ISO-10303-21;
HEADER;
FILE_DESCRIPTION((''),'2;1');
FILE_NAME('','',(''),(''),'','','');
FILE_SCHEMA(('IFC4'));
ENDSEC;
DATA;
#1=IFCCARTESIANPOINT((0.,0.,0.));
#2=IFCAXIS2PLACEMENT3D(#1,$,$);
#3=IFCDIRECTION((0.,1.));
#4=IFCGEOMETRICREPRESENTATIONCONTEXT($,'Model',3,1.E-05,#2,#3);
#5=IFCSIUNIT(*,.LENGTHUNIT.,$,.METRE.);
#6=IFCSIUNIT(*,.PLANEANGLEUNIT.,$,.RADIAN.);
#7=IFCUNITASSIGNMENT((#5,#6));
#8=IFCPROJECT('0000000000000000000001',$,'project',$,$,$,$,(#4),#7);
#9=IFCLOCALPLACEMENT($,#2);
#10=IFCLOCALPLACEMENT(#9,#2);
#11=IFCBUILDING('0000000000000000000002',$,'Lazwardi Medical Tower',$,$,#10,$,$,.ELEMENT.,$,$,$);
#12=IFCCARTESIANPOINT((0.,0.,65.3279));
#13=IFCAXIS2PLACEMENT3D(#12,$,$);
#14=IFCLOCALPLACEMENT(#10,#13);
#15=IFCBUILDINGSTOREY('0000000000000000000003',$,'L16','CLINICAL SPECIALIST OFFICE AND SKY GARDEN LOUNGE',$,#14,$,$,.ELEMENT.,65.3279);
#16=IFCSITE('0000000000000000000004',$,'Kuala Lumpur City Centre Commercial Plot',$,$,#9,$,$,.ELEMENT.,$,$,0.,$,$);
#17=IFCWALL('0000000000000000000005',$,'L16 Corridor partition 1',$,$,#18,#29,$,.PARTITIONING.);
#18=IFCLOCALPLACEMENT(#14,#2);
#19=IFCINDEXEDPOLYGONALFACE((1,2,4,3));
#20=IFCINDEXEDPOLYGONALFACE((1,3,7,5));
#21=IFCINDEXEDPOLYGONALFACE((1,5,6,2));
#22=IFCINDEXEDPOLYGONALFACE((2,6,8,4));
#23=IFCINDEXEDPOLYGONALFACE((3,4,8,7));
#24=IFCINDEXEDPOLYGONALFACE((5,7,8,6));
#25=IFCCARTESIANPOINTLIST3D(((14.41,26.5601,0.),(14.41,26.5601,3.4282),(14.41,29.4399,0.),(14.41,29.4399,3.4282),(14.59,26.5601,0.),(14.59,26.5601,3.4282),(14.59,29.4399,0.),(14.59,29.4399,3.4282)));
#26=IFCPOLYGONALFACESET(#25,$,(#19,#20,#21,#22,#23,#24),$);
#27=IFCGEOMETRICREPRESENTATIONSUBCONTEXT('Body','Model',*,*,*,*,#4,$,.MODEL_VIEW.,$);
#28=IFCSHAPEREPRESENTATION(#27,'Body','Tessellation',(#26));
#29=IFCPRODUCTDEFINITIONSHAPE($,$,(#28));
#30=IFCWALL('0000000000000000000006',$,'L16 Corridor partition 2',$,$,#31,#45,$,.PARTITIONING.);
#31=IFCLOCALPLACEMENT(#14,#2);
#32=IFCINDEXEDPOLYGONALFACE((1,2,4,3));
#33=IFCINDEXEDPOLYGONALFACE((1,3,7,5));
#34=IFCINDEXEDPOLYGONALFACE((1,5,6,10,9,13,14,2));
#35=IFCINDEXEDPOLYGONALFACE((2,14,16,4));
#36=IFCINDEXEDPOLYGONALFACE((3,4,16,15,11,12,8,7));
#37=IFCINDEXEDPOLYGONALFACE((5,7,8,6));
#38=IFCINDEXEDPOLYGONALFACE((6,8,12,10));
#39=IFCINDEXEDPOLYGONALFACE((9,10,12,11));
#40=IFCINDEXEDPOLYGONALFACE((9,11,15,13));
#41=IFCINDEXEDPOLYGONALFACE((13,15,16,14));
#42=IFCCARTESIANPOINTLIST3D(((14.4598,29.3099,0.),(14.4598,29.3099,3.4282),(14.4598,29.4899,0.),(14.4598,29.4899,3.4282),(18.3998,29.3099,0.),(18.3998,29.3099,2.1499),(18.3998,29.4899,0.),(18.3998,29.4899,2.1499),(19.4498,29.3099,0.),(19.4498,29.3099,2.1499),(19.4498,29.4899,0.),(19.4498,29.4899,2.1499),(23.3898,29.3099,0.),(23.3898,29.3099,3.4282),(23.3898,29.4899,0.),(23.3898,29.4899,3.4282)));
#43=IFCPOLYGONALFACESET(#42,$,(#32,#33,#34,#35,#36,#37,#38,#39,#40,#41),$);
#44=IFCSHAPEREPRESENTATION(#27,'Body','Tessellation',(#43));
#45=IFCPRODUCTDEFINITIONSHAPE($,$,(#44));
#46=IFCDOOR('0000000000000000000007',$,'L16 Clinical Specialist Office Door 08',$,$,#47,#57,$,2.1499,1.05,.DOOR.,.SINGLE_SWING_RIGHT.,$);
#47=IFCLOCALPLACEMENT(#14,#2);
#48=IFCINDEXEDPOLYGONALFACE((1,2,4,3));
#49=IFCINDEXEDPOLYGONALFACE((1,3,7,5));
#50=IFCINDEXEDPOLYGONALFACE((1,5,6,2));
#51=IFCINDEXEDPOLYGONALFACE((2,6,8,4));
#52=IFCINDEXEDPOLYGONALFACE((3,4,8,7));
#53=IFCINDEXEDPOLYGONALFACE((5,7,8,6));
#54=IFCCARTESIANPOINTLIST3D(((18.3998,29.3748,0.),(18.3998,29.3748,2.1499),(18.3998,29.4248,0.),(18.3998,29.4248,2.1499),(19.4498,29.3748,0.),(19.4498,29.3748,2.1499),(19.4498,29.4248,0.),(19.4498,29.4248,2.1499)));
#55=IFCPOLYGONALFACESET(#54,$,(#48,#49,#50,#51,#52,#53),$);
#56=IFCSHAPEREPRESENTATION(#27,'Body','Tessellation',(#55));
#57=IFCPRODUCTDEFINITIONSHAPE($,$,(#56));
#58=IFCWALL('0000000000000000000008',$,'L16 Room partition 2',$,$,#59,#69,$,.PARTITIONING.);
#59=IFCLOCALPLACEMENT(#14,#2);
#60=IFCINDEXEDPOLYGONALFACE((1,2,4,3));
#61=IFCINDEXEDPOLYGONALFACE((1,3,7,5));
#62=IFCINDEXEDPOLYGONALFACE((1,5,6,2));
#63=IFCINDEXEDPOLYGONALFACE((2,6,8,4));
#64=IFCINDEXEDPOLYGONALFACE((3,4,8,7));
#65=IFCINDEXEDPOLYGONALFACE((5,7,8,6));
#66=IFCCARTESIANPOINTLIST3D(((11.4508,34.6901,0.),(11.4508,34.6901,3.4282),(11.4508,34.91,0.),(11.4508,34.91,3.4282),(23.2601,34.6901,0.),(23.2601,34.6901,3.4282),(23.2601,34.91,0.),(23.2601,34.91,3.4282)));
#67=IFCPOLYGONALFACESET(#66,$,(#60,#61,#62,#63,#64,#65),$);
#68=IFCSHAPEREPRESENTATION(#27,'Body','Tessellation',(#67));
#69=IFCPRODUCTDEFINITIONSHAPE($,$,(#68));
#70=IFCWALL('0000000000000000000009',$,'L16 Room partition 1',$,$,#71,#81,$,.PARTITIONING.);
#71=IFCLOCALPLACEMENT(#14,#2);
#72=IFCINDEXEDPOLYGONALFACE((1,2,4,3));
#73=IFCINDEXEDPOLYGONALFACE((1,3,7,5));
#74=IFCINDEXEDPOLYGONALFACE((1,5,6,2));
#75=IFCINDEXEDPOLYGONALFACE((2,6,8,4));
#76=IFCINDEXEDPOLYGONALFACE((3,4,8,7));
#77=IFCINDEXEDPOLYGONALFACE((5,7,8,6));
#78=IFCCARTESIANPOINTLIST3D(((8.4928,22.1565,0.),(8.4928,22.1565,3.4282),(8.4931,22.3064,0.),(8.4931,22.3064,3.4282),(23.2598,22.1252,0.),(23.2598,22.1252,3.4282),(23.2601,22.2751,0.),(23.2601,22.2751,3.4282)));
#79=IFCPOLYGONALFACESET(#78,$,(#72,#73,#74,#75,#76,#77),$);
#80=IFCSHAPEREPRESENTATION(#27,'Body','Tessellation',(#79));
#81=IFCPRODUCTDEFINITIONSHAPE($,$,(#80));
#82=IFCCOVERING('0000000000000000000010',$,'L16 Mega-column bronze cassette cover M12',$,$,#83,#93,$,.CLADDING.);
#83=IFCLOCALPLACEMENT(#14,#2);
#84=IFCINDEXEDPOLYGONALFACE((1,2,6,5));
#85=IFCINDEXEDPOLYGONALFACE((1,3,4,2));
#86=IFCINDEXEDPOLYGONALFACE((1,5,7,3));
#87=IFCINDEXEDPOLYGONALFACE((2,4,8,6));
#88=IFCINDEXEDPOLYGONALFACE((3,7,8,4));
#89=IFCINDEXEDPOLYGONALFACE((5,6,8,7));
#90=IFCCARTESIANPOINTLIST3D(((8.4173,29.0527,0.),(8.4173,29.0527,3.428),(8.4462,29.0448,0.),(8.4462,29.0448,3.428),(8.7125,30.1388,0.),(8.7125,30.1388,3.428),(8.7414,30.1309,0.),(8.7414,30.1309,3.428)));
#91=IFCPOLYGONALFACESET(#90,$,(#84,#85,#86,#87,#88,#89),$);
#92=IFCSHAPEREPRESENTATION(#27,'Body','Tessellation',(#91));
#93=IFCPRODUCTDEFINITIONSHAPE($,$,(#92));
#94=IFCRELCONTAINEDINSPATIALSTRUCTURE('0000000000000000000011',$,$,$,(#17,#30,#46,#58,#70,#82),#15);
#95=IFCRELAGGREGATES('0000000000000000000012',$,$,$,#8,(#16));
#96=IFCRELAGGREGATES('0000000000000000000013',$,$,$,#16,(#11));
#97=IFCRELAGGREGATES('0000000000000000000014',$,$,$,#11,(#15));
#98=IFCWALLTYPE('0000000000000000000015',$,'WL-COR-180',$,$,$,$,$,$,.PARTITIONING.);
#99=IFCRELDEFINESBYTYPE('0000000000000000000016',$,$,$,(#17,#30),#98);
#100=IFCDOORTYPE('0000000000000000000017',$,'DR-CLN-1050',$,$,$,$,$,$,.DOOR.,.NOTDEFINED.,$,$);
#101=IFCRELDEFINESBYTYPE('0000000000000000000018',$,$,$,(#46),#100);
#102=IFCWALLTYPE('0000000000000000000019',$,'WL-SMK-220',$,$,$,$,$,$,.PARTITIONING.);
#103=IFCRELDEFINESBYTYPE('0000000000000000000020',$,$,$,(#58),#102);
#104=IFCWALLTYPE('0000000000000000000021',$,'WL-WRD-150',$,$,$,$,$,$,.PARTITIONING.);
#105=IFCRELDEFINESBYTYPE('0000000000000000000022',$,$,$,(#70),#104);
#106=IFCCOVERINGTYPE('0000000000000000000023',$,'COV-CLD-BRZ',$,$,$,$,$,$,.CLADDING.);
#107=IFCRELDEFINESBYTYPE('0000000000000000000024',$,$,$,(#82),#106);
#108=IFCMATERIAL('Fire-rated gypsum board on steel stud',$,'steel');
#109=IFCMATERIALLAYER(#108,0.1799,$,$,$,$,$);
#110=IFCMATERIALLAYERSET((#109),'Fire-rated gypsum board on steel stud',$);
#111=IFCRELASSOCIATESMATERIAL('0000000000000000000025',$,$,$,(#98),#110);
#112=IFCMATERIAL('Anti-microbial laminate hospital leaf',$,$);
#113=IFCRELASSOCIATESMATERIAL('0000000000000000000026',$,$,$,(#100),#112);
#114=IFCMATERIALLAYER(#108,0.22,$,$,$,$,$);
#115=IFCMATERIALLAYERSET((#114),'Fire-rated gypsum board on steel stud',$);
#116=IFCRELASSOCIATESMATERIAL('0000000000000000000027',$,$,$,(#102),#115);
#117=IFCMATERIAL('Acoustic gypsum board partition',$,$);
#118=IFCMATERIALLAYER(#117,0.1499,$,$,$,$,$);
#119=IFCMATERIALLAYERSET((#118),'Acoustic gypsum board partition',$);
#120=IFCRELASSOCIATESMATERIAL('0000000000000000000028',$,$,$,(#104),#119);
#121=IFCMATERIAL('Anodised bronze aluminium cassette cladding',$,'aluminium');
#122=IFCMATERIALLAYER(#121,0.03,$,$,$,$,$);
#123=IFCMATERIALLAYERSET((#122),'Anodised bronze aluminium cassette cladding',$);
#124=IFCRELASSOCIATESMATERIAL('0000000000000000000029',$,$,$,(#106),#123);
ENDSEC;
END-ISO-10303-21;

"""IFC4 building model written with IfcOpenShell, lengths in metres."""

from ifc_helpers import new_model, si_unit, direction, frame, frame_2d, origin, origin_2d, place, context, subcontext, project, spatial, rectangle, extrude, material, layer, layer_set, type_object, element, fill, save


model = new_model("IFC4")

# Units and contexts
model_context = context("Model", 3, precision=1e-05, world=origin(), true_north=direction((0.0, 1.0)))
body_context = subcontext(model_context, "Body", "Model", "MODEL_VIEW")
ifc_project = project(units=[si_unit("LENGTHUNIT", "METRE"), si_unit("PLANEANGLEUNIT", "RADIAN")], contexts=[model_context])

# Site, building, storey
site_placement = place(None, origin())
site = spatial("IfcSite", under=ifc_project, at=site_placement, Name="Kuala Lumpur City Centre Commercial Plot", CompositionType="ELEMENT", RefElevation=0.0)
building_placement = place(site_placement, origin())
building = spatial("IfcBuilding", under=site, at=building_placement, Name="Lazwardi Medical Tower", CompositionType="ELEMENT")
storey_placement = place(building_placement, frame((0.0, 0.0, 65.3279)))
storey = spatial("IfcBuildingStorey", under=building, at=storey_placement, Name="L16", Description="CLINICAL SPECIALIST OFFICE AND SKY GARDEN LOUNGE", CompositionType="ELEMENT", Elevation=65.3279)

# Wall
ifc_material_1 = material(Name="Fire-rated gypsum board on steel stud", Category="steel")
ifc_layer_1 = layer(ifc_material_1, 0.1799)
ifc_layer_set_1 = layer_set([ifc_layer_1], Name="Fire-rated gypsum board on steel stud")
wall_type_1 = type_object("IfcWallType", Name="WL-COR-180", PredefinedType="PARTITIONING", material=ifc_layer_set_1)
wall_1_placement = place(storey_placement, frame((14.5, 26.5601, 0.0), z_axis=(0.0, 0.0, 1.0), x_axis=(0.0, 1.0, 0.0)))
element("IfcWall", 1, at=wall_1_placement, inside=storey, type_object=wall_type_1, Name="L16 Corridor partition 1", PredefinedType="PARTITIONING", context=body_context, shape_type="SweptSolid", body=[
    extrude(rectangle(XDim=2.8799, YDim=0.1799, at=frame_2d((1.4399, 0.0))), origin(), (0.0, 0.0, 1.0), 3.4282),
])

# Wall, opening, door
wall_2_placement = place(storey_placement, frame((14.46, 29.3999, 0.0), z_axis=(0.0, 0.0, 1.0), x_axis=(1.0, 0.0, 0.0)))
wall_2 = element("IfcWall", 2, at=wall_2_placement, inside=storey, type_object=wall_type_1, Name="L16 Corridor partition 2", PredefinedType="PARTITIONING", context=body_context, shape_type="SweptSolid", body=[
    extrude(rectangle(XDim=8.9299, YDim=0.1799, at=frame_2d((4.4648, 0.0))), origin(), (0.0, 0.0, 1.0), 3.4282),
])
opening_placement = place(wall_2_placement, frame((3.9399, 0.0, 0.0)))
opening = element("IfcOpeningElement", 3, at=opening_placement, cuts=wall_2, PredefinedType="OPENING", context=body_context, shape_type="SweptSolid", body=[
    extrude(rectangle(XDim=1.05, YDim=2.1499, at=frame_2d((0.5249, 1.075))), frame((0.0, 0.0999, 0.0), z_axis=(0.0, -1.0, 0.0), x_axis=(1.0, 0.0, 0.0)), (0.0, 0.0, 1.0), 0.2),
])
ifc_material_2 = material(Name="Anti-microbial laminate hospital leaf")
door_type = type_object("IfcDoorType", Name="DR-CLN-1050", OperationType="NOTDEFINED", PredefinedType="DOOR", material=ifc_material_2)
door_placement = place(opening_placement, origin())
door = element("IfcDoor", 4, at=door_placement, inside=storey, type_object=door_type, Name="L16 Clinical Specialist Office Door 08", OperationType="SINGLE_SWING_RIGHT", OverallHeight=2.1499, OverallWidth=1.05, PredefinedType="DOOR", context=body_context, shape_type="SweptSolid", body=[
    extrude(rectangle(XDim=1.05, YDim=2.1499, at=frame_2d((0.5249, 1.075))), frame((0.0, 0.0249, 0.0), z_axis=(0.0, -1.0, 0.0), x_axis=(1.0, 0.0, 0.0)), (0.0, 0.0, 1.0), 0.05),
])
fill(opening, door)

# Walls
ifc_layer_2 = layer(ifc_material_1, 0.22)
ifc_layer_set_2 = layer_set([ifc_layer_2], Name="Fire-rated gypsum board on steel stud")
wall_type_2 = type_object("IfcWallType", Name="WL-SMK-220", PredefinedType="PARTITIONING", material=ifc_layer_set_2)
wall_3_placement = place(storey_placement, frame((11.4507, 34.8, 0.0), z_axis=(0.0, 0.0, 1.0), x_axis=(1.0, 0.0, 0.0)))
element("IfcWall", 5, at=wall_3_placement, inside=storey, type_object=wall_type_2, Name="L16 Room partition 2", PredefinedType="PARTITIONING", context=body_context, shape_type="SweptSolid", body=[
    extrude(rectangle(XDim=11.8093, YDim=0.22, at=frame_2d((5.9048, 0.0))), origin(), (0.0, 0.0, 1.0), 3.4282),
])
ifc_material_3 = material(Name="Acoustic gypsum board partition")
ifc_layer_3 = layer(ifc_material_3, 0.1499)
ifc_layer_set_3 = layer_set([ifc_layer_3], Name="Acoustic gypsum board partition")
wall_type_3 = type_object("IfcWallType", Name="WL-WRD-150", PredefinedType="PARTITIONING", material=ifc_layer_set_3)
wall_4_placement = place(storey_placement, frame((8.4929, 22.2314, 0.0), z_axis=(0.0, 0.0, 1.0), x_axis=(0.999998, -0.002116, 0.0)))
element("IfcWall", 6, at=wall_4_placement, inside=storey, type_object=wall_type_3, Name="L16 Room partition 1", PredefinedType="PARTITIONING", context=body_context, shape_type="SweptSolid", body=[
    extrude(rectangle(XDim=14.7671, YDim=0.1499, at=frame_2d((7.3835, 0.0))), origin(), (0.0, 0.0, 1.0), 3.4282),
])

# Covering
ifc_material_4 = material(Name="Anodised bronze aluminium cassette cladding", Category="aluminium")
ifc_layer_4 = layer(ifc_material_4, 0.03)
ifc_layer_set_4 = layer_set([ifc_layer_4], Name="Anodised bronze aluminium cassette cladding")
covering_type = type_object("IfcCoveringType", Name="COV-CLD-BRZ", PredefinedType="CLADDING", material=ifc_layer_set_4)
covering_placement = place(storey_placement, frame((8.5793, 29.5918, 0.0), z_axis=(0.0, 0.0, 1.0), x_axis=(-0.262283, -0.964991, 0.0)))
element("IfcCovering", 7, at=covering_placement, inside=storey, type_object=covering_type, Name="L16 Mega-column bronze cassette cover M12", PredefinedType="CLADDING", context=body_context, shape_type="SweptSolid", body=[
    extrude(rectangle(XDim=1.1255, YDim=0.03, at=origin_2d()), origin(), (0.0, 0.0, 1.0), 3.428),
])

save(model, "model.ifc")
